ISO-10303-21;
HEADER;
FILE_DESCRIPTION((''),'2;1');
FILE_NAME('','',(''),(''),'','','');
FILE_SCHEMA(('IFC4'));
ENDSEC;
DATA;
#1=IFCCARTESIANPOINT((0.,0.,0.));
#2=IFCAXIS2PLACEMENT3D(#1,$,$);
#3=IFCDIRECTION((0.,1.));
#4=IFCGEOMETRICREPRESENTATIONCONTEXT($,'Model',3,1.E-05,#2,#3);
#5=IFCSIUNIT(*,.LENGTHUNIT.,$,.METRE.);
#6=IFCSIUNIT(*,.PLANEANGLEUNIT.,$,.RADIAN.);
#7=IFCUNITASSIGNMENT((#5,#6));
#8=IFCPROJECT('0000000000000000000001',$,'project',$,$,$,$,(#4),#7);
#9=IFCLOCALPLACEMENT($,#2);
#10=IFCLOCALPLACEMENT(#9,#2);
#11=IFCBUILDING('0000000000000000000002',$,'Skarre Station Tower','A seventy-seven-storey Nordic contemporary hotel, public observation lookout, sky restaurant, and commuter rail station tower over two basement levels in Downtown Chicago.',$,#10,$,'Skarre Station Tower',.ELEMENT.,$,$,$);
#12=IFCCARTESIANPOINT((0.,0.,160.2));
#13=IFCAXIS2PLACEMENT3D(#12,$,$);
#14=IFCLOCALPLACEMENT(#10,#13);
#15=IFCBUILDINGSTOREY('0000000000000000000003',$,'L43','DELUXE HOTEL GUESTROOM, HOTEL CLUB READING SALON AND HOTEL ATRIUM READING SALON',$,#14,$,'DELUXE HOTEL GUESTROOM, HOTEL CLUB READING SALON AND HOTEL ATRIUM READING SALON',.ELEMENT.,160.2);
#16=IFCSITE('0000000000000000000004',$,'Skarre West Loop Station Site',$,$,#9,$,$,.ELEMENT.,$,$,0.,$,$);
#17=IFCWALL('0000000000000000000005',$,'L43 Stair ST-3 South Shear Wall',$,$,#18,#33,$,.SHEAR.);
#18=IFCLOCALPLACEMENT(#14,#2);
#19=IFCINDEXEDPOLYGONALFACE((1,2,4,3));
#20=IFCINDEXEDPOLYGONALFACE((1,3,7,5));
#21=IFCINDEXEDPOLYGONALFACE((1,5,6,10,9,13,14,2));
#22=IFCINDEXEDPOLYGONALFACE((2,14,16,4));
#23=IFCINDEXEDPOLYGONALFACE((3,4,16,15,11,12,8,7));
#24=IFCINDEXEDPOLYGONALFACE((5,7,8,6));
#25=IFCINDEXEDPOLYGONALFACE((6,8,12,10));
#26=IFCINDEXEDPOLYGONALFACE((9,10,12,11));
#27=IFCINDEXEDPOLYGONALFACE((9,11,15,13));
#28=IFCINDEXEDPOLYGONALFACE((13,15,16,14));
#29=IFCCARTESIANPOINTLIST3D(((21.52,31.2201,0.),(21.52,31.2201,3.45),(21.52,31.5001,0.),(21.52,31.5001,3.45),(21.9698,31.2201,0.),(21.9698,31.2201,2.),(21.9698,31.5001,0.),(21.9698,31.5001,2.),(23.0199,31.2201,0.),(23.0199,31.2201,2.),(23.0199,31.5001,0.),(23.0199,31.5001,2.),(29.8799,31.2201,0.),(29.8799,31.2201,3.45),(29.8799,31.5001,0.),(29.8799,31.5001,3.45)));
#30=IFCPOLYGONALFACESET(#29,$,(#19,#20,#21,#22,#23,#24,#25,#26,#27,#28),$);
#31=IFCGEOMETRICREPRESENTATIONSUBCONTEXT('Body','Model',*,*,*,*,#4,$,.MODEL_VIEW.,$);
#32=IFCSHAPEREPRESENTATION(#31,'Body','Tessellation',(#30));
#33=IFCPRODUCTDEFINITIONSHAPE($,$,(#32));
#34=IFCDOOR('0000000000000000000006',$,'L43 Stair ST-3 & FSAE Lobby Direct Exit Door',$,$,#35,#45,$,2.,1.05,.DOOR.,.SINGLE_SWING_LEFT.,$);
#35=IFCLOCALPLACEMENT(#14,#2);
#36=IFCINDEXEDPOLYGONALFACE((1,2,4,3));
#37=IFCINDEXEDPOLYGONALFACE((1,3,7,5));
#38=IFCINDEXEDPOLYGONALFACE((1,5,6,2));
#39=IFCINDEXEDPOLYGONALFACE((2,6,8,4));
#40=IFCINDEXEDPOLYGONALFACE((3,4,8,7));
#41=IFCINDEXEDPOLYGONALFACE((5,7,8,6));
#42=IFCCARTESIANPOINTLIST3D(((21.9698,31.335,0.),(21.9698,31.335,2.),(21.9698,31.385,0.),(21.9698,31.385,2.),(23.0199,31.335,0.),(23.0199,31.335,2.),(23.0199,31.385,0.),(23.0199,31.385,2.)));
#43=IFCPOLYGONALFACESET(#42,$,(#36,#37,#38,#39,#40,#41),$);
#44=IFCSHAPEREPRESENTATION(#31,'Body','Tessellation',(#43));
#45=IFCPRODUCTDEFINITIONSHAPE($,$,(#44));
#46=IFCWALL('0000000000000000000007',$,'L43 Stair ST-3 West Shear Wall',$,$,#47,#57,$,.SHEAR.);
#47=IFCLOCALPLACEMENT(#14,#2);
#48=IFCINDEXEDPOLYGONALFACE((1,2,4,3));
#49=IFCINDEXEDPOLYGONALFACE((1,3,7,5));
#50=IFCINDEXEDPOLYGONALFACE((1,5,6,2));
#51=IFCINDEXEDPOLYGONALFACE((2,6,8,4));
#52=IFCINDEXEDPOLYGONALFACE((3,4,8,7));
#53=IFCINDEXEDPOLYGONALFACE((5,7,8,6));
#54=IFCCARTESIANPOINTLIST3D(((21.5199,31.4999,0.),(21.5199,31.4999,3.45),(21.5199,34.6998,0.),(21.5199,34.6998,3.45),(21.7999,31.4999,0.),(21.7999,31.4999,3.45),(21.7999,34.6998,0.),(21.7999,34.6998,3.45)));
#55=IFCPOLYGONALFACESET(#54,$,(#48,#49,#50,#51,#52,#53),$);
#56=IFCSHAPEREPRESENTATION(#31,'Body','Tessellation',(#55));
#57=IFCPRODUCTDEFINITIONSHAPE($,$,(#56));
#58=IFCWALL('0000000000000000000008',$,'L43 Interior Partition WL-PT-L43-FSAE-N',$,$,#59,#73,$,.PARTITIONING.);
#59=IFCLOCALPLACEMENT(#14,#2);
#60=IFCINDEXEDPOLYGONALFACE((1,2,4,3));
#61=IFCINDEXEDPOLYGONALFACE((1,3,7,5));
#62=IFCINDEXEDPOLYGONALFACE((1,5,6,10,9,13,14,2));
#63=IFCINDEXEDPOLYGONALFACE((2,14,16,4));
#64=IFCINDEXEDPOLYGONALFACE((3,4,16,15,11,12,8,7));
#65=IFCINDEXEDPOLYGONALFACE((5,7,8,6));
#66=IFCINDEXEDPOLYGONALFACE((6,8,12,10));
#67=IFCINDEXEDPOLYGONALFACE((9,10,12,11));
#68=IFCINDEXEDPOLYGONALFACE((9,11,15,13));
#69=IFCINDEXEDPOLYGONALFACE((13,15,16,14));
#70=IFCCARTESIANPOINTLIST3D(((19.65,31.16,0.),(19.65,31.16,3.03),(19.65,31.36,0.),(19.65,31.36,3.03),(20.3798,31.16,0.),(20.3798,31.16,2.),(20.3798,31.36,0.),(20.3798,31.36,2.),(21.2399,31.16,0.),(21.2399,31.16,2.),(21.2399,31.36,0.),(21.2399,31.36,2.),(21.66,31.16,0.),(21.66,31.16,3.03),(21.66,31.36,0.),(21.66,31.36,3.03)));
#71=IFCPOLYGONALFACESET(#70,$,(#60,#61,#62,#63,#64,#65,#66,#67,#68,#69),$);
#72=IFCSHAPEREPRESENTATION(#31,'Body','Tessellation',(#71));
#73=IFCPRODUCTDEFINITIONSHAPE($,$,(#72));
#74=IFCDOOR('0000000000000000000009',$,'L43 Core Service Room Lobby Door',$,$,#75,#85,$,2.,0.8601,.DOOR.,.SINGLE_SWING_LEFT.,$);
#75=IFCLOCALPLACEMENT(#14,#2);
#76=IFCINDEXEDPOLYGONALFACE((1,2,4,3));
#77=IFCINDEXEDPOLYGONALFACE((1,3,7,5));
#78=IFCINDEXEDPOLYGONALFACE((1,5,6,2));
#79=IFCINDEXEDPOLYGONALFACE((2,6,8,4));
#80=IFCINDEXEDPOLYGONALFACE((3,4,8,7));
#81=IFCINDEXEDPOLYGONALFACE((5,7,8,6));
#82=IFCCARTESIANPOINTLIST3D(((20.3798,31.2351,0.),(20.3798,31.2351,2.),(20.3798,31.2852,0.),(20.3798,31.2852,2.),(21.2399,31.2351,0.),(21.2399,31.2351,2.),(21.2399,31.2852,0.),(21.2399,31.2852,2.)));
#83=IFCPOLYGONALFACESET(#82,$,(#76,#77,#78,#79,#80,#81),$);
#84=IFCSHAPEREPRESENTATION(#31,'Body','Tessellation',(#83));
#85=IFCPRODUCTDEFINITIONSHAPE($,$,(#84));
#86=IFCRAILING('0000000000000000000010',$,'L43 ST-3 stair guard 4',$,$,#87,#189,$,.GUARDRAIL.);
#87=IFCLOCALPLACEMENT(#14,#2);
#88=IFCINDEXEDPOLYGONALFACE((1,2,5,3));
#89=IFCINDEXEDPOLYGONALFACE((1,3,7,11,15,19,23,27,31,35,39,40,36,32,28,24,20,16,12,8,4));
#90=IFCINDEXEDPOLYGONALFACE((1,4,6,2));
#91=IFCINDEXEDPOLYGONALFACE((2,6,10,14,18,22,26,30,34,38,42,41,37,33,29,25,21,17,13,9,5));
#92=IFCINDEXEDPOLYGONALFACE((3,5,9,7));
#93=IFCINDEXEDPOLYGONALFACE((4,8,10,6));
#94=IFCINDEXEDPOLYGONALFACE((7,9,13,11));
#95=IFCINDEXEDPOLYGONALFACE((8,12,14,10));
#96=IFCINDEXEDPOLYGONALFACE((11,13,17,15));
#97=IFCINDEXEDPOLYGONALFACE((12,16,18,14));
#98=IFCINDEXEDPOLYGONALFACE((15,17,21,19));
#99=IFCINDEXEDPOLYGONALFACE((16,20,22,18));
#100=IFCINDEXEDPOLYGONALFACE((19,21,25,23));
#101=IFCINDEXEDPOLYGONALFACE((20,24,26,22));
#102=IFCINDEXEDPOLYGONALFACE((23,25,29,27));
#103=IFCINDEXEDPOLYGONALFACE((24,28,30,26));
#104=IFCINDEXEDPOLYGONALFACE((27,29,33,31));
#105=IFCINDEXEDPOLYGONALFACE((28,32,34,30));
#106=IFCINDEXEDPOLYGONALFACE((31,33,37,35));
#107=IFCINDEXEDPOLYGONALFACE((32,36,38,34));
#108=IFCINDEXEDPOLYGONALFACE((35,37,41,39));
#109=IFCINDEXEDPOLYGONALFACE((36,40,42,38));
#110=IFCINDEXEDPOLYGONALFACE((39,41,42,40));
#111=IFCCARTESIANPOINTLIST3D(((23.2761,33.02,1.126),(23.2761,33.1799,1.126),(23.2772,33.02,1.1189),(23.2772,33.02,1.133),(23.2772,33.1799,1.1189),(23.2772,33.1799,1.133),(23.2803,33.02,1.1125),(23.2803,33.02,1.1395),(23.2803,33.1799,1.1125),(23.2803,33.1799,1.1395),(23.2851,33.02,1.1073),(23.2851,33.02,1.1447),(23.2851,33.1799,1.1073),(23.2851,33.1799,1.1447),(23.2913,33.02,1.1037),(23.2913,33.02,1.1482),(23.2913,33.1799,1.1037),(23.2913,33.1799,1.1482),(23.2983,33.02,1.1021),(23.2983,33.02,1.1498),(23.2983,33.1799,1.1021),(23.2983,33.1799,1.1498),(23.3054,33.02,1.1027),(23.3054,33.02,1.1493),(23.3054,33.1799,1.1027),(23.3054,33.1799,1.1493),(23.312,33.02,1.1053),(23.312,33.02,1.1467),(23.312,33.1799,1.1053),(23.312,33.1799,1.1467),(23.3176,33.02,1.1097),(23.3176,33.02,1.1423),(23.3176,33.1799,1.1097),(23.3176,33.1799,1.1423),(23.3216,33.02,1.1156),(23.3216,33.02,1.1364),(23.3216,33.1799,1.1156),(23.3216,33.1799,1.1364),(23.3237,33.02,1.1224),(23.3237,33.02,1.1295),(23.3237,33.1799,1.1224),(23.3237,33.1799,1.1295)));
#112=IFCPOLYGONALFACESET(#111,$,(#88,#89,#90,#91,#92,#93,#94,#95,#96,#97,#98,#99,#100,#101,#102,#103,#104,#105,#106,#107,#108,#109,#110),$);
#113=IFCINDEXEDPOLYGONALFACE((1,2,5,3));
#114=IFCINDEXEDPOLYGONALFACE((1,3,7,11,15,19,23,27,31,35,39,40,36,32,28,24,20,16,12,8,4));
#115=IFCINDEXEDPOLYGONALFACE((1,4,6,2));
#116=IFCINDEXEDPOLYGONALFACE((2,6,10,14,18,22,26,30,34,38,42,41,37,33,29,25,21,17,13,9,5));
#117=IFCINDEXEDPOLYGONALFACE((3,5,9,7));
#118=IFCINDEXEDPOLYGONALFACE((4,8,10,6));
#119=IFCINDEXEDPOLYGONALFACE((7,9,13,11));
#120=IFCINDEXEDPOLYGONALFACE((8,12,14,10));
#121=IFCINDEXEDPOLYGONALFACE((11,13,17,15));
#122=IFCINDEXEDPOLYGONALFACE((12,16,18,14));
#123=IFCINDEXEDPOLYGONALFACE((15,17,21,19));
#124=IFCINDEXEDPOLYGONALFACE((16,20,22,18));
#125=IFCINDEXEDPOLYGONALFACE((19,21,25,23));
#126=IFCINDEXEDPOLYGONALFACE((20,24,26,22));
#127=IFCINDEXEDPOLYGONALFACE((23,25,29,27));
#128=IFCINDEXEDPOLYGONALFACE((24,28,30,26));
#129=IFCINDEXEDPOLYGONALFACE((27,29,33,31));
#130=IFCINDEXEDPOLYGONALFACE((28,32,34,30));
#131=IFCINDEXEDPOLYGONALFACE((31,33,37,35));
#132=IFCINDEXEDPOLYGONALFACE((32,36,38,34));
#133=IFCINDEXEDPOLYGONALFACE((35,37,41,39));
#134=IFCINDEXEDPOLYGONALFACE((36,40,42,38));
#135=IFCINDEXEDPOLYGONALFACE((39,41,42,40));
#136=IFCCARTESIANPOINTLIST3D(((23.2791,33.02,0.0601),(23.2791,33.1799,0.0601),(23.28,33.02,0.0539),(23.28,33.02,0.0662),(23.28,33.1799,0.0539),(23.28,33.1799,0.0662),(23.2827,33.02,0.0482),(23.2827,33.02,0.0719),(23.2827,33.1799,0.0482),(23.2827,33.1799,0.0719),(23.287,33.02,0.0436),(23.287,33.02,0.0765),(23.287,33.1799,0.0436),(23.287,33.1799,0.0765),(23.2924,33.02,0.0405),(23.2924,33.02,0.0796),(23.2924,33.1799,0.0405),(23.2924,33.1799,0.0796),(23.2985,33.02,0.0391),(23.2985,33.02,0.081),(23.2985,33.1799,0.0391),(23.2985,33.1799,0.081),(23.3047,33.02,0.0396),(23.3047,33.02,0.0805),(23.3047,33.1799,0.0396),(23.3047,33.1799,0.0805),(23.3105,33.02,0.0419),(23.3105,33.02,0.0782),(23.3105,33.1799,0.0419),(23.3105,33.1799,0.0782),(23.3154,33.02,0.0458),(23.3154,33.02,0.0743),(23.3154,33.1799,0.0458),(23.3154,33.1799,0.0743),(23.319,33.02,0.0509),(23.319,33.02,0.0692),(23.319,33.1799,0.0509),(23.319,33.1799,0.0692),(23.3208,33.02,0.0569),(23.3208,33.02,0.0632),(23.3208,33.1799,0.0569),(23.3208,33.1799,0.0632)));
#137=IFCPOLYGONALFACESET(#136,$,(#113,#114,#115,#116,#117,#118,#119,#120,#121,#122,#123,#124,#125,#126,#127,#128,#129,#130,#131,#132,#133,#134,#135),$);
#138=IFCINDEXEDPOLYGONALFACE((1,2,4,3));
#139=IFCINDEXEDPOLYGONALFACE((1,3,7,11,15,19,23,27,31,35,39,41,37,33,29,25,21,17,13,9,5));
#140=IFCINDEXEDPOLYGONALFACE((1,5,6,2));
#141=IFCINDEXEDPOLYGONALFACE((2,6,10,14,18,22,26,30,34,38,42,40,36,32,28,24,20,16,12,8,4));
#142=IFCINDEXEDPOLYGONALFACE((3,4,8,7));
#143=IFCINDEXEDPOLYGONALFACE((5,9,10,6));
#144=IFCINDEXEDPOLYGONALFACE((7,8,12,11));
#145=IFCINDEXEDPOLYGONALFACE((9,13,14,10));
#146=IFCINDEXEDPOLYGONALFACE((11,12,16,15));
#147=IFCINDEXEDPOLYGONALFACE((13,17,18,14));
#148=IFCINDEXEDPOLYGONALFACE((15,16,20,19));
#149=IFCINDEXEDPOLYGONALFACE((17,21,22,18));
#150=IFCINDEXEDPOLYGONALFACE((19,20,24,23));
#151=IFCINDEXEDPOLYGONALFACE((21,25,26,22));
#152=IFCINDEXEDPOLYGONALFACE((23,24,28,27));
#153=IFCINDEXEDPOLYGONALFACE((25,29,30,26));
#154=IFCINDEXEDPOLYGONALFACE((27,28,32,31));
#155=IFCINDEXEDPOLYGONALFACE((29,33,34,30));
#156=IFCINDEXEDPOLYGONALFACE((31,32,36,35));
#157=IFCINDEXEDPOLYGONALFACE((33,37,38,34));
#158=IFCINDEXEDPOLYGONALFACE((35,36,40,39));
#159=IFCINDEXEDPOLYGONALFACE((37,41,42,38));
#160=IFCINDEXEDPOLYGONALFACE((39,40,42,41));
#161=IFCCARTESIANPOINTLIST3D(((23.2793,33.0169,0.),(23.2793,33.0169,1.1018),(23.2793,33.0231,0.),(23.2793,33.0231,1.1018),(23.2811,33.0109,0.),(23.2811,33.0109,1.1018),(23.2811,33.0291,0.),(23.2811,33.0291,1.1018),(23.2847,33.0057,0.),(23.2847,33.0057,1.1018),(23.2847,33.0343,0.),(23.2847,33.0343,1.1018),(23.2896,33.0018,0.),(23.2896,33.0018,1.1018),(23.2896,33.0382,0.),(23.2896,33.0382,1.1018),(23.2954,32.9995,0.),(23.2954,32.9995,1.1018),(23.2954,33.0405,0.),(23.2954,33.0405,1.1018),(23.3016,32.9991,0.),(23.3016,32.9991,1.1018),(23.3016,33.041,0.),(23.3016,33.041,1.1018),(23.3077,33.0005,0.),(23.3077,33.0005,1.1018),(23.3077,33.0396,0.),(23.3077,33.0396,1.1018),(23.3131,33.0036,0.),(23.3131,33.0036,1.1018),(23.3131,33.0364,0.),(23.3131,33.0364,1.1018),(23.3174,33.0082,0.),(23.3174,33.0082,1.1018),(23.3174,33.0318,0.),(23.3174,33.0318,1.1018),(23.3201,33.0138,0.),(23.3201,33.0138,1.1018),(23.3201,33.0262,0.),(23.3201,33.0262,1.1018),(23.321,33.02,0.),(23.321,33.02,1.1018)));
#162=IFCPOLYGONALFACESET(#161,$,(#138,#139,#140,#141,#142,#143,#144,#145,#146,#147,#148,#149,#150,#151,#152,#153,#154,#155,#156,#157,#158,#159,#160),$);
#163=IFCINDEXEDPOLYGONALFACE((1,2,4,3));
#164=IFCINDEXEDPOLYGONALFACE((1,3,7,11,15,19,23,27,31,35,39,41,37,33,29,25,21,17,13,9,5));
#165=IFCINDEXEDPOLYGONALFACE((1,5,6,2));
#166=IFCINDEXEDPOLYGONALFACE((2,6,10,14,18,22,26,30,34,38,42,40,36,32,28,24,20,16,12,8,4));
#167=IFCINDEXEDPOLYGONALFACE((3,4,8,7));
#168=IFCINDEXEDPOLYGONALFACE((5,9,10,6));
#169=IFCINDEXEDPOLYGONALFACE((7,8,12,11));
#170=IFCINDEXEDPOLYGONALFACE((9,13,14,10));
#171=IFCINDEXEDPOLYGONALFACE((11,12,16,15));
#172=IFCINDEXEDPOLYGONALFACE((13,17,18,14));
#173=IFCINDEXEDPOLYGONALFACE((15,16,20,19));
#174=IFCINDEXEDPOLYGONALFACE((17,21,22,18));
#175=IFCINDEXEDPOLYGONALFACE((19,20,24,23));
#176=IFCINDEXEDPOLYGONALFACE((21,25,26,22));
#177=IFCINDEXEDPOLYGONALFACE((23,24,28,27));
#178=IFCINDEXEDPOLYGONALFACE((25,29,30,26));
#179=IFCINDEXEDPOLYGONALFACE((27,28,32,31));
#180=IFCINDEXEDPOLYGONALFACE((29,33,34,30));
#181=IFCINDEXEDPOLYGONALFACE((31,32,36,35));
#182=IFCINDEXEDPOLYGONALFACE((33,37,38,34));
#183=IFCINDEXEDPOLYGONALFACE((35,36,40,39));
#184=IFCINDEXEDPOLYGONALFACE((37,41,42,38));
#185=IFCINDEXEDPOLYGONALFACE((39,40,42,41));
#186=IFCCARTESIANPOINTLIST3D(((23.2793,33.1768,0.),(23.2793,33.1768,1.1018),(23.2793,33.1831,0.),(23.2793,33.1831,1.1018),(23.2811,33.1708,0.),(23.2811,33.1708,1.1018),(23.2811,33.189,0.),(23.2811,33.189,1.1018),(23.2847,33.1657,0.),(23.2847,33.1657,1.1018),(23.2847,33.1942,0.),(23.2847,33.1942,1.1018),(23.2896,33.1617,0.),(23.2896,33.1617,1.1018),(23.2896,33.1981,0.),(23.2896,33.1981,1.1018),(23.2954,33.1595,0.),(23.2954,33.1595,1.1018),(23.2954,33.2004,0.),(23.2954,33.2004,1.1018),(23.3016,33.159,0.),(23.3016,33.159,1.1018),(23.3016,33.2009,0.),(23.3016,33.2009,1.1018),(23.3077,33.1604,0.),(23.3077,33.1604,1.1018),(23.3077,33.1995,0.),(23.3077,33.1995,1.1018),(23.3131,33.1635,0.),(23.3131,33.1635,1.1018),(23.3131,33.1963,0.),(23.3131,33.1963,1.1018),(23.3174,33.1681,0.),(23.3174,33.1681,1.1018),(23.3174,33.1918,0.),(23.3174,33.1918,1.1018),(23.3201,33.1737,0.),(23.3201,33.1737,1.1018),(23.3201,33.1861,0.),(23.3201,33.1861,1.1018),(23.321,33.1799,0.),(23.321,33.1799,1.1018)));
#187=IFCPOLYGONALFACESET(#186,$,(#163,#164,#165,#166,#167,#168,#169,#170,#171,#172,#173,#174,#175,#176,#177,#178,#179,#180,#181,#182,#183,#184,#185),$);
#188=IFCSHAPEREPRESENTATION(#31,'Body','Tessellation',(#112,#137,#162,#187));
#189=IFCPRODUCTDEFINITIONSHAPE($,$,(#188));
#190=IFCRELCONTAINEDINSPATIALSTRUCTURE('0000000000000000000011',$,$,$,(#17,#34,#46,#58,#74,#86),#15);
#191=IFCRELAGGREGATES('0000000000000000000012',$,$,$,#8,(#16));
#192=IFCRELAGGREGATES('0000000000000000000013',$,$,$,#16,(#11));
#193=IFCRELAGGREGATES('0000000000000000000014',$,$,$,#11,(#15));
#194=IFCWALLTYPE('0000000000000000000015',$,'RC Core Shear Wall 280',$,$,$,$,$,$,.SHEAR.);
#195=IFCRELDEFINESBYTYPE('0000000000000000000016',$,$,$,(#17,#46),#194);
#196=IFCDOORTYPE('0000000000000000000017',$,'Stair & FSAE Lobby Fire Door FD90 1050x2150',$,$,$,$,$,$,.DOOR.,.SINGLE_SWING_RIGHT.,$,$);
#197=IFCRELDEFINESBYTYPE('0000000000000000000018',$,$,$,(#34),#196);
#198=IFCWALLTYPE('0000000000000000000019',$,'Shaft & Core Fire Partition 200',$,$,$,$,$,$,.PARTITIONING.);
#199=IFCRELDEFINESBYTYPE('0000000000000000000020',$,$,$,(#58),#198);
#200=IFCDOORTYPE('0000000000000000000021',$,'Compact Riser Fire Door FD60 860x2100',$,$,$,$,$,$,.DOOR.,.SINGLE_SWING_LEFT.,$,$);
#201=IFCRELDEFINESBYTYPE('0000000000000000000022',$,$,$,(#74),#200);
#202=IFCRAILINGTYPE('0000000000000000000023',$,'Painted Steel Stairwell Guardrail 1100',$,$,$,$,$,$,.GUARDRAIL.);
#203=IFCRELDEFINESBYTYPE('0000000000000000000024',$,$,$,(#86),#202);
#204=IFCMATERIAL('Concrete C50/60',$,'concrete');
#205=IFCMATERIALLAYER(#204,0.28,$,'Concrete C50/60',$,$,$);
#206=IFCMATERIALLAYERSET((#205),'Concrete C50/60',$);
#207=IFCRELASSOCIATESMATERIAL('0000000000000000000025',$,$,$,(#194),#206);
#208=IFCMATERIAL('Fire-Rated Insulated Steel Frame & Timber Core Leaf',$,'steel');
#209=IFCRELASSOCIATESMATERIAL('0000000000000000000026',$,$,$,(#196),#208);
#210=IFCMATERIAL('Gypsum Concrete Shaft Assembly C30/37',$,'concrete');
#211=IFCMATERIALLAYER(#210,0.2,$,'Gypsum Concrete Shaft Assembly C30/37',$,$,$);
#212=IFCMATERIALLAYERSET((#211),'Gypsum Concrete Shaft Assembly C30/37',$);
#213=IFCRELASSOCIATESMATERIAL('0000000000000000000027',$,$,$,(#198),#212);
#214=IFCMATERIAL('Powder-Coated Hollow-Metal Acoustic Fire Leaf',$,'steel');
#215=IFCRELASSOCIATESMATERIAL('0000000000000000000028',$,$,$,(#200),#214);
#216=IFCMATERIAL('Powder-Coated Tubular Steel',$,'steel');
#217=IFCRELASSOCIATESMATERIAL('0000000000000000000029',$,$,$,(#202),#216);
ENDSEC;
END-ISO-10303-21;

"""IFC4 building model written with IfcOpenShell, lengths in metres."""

from ifc_helpers import new_model, si_unit, direction, frame, frame_2d, origin, origin_2d, place, context, subcontext, project, spatial, rectangle, circle, extrude, material, layer, layer_set, type_object, element, fill, save


model = new_model("IFC4")

# Units and contexts
model_context = context("Model", 3, precision=1e-05, world=origin(), true_north=direction((0.0, 1.0)))
body_context = subcontext(model_context, "Body", "Model", "MODEL_VIEW")
ifc_project = project(units=[si_unit("LENGTHUNIT", "METRE"), si_unit("PLANEANGLEUNIT", "RADIAN")], contexts=[model_context])

# Site, building, storey
site_placement = place(None, origin())
site = spatial("IfcSite", under=ifc_project, at=site_placement, Name="Skarre West Loop Station Site", CompositionType="ELEMENT", RefElevation=0.0)
building_placement = place(site_placement, origin())
building = spatial("IfcBuilding", under=site, at=building_placement, Name="Skarre Station Tower", Description="A seventy-seven-storey Nordic contemporary hotel, public observation lookout, sky restaurant, and commuter rail station tower over two basement levels in Downtown Chicago.", LongName="Skarre Station Tower", CompositionType="ELEMENT")
storey_placement = place(building_placement, frame((0.0, 0.0, 160.2)))
storey = spatial("IfcBuildingStorey", under=building, at=storey_placement, Name="L43", Description="DELUXE HOTEL GUESTROOM, HOTEL CLUB READING SALON AND HOTEL ATRIUM READING SALON", LongName="DELUXE HOTEL GUESTROOM, HOTEL CLUB READING SALON AND HOTEL ATRIUM READING SALON", CompositionType="ELEMENT", Elevation=160.2)

# Wall, opening, door
ifc_material_1 = material(Name="Concrete C50/60", Category="concrete")
ifc_layer_1 = layer(ifc_material_1, 0.28, Name="Concrete C50/60")
ifc_layer_set_1 = layer_set([ifc_layer_1], Name="Concrete C50/60")
wall_type_1 = type_object("IfcWallType", Name="RC Core Shear Wall 280", PredefinedType="SHEAR", material=ifc_layer_set_1)
wall_1_placement = place(storey_placement, frame((21.52, 31.3601, 0.0), z_axis=(0.0, 0.0, 1.0), x_axis=(1.0, 0.0, 0.0)))
wall_1 = element("IfcWall", 1, at=wall_1_placement, inside=storey, type_object=wall_type_1, Name="L43 Stair ST-3 South Shear Wall", PredefinedType="SHEAR", context=body_context, shape_type="SweptSolid", body=[
    extrude(rectangle(XDim=8.3599, YDim=0.28, at=frame_2d((4.1799, 0.0))), origin(), (0.0, 0.0, 1.0), 3.45),
])
opening_1_placement = place(wall_1_placement, frame((0.45, 0.0, 0.0)))
opening_1 = element("IfcOpeningElement", 2, at=opening_1_placement, cuts=wall_1, PredefinedType="OPENING", context=body_context, shape_type="SweptSolid", body=[
    extrude(rectangle(XDim=1.05, YDim=2.0, at=frame_2d((0.5249, 1.0))), frame((0.0, 0.1499, 0.0), z_axis=(0.0, -1.0, 0.0), x_axis=(1.0, 0.0, 0.0)), (0.0, 0.0, 1.0), 0.3),
])
ifc_material_2 = material(Name="Fire-Rated Insulated Steel Frame & Timber Core Leaf", Category="steel")
door_type_1 = type_object("IfcDoorType", Name="Stair & FSAE Lobby Fire Door FD90 1050x2150", OperationType="SINGLE_SWING_RIGHT", PredefinedType="DOOR", material=ifc_material_2)
door_1_placement = place(opening_1_placement, origin())
door_1 = element("IfcDoor", 3, at=door_1_placement, inside=storey, type_object=door_type_1, Name="L43 Stair ST-3 & FSAE Lobby Direct Exit Door", OperationType="SINGLE_SWING_LEFT", OverallHeight=2.0, OverallWidth=1.05, PredefinedType="DOOR", context=body_context, shape_type="SweptSolid", body=[
    extrude(rectangle(XDim=1.05, YDim=2.0, at=frame_2d((0.5249, 1.0))), frame((0.0, 0.0249, 0.0), z_axis=(0.0, -1.0, 0.0), x_axis=(1.0, 0.0, 0.0)), (0.0, 0.0, 1.0), 0.05),
])
fill(opening_1, door_1)

# Wall
wall_2_placement = place(storey_placement, frame((21.6599, 34.7, 0.0), z_axis=(0.0, 0.0, 1.0), x_axis=(0.0, -1.0, 0.0)))
element("IfcWall", 4, at=wall_2_placement, inside=storey, type_object=wall_type_1, Name="L43 Stair ST-3 West Shear Wall", PredefinedType="SHEAR", context=body_context, shape_type="SweptSolid", body=[
    extrude(rectangle(XDim=3.2, YDim=0.28, at=frame_2d((1.6001, 0.0))), origin(), (0.0, 0.0, 1.0), 3.45),
])

# Wall, opening, door
ifc_material_3 = material(Name="Gypsum Concrete Shaft Assembly C30/37", Category="concrete")
ifc_layer_2 = layer(ifc_material_3, 0.2, Name="Gypsum Concrete Shaft Assembly C30/37")
ifc_layer_set_2 = layer_set([ifc_layer_2], Name="Gypsum Concrete Shaft Assembly C30/37")
wall_type_2 = type_object("IfcWallType", Name="Shaft & Core Fire Partition 200", PredefinedType="PARTITIONING", material=ifc_layer_set_2)
wall_3_placement = place(storey_placement, frame((21.6599, 31.26, 0.0), z_axis=(0.0, 0.0, 1.0), x_axis=(-1.0, 0.0, 0.0)))
wall_3 = element("IfcWall", 5, at=wall_3_placement, inside=storey, type_object=wall_type_2, Name="L43 Interior Partition WL-PT-L43-FSAE-N", PredefinedType="PARTITIONING", context=body_context, shape_type="SweptSolid", body=[
    extrude(rectangle(XDim=2.01, YDim=0.2, at=frame_2d((1.0049, 0.0))), origin(), (0.0, 0.0, 1.0), 3.03),
])
opening_2_placement = place(wall_3_placement, frame((0.4199, 0.0, 0.0)))
opening_2 = element("IfcOpeningElement", 6, at=opening_2_placement, cuts=wall_3, PredefinedType="OPENING", context=body_context, shape_type="SweptSolid", body=[
    extrude(rectangle(XDim=0.8601, YDim=2.0, at=frame_2d((0.4302, 1.0))), frame((0.0, 0.1099, 0.0), z_axis=(0.0, -1.0, 0.0), x_axis=(1.0, 0.0, 0.0)), (0.0, 0.0, 1.0), 0.22),
])
ifc_material_4 = material(Name="Powder-Coated Hollow-Metal Acoustic Fire Leaf", Category="steel")
door_type_2 = type_object("IfcDoorType", Name="Compact Riser Fire Door FD60 860x2100", OperationType="SINGLE_SWING_LEFT", PredefinedType="DOOR", material=ifc_material_4)
door_2_placement = place(opening_2_placement, origin())
door_2 = element("IfcDoor", 7, at=door_2_placement, inside=storey, type_object=door_type_2, Name="L43 Core Service Room Lobby Door", OperationType="SINGLE_SWING_LEFT", OverallHeight=2.0, OverallWidth=0.8601, PredefinedType="DOOR", context=body_context, shape_type="SweptSolid", body=[
    extrude(rectangle(XDim=0.8601, YDim=2.0, at=frame_2d((0.4302, 1.0))), frame((0.0, 0.0249, 0.0), z_axis=(0.0, -1.0, 0.0), x_axis=(1.0, 0.0, 0.0)), (0.0, 0.0, 1.0), 0.05),
])
fill(opening_2, door_2)

# Railing
ifc_material_5 = material(Name="Powder-Coated Tubular Steel", Category="steel")
railing_type = type_object("IfcRailingType", Name="Painted Steel Stairwell Guardrail 1100", PredefinedType="GUARDRAIL", material=ifc_material_5)
railing_placement = place(storey_placement, frame((23.3, 33.02, 0.0)))
element("IfcRailing", 8, at=railing_placement, inside=storey, type_object=railing_type, Name="L43 ST-3 stair guard 4", PredefinedType="GUARDRAIL", context=body_context, shape_type="SweptSolid", body=[
    extrude(circle(Radius=0.0239, at=origin_2d()), frame((0.0, 0.0, 1.126), z_axis=(0.0, 1.0, 0.0), x_axis=(-1.0, 0.0, 0.0)), (0.0, 0.0, 1.0), 0.1599),
    extrude(circle(Radius=0.021, at=origin_2d()), frame((0.0, 0.0, 0.0601), z_axis=(0.0, 1.0, 0.0), x_axis=(-1.0, 0.0, 0.0)), (0.0, 0.0, 1.0), 0.1599),
    extrude(circle(Radius=0.021, at=origin_2d()), origin(), (0.0, 0.0, 1.0), 1.1018),
    extrude(circle(Radius=0.021, at=origin_2d()), frame((0.0, 0.1599, 0.0)), (0.0, 0.0, 1.0), 1.1018),
])

save(model, "model.ifc")
